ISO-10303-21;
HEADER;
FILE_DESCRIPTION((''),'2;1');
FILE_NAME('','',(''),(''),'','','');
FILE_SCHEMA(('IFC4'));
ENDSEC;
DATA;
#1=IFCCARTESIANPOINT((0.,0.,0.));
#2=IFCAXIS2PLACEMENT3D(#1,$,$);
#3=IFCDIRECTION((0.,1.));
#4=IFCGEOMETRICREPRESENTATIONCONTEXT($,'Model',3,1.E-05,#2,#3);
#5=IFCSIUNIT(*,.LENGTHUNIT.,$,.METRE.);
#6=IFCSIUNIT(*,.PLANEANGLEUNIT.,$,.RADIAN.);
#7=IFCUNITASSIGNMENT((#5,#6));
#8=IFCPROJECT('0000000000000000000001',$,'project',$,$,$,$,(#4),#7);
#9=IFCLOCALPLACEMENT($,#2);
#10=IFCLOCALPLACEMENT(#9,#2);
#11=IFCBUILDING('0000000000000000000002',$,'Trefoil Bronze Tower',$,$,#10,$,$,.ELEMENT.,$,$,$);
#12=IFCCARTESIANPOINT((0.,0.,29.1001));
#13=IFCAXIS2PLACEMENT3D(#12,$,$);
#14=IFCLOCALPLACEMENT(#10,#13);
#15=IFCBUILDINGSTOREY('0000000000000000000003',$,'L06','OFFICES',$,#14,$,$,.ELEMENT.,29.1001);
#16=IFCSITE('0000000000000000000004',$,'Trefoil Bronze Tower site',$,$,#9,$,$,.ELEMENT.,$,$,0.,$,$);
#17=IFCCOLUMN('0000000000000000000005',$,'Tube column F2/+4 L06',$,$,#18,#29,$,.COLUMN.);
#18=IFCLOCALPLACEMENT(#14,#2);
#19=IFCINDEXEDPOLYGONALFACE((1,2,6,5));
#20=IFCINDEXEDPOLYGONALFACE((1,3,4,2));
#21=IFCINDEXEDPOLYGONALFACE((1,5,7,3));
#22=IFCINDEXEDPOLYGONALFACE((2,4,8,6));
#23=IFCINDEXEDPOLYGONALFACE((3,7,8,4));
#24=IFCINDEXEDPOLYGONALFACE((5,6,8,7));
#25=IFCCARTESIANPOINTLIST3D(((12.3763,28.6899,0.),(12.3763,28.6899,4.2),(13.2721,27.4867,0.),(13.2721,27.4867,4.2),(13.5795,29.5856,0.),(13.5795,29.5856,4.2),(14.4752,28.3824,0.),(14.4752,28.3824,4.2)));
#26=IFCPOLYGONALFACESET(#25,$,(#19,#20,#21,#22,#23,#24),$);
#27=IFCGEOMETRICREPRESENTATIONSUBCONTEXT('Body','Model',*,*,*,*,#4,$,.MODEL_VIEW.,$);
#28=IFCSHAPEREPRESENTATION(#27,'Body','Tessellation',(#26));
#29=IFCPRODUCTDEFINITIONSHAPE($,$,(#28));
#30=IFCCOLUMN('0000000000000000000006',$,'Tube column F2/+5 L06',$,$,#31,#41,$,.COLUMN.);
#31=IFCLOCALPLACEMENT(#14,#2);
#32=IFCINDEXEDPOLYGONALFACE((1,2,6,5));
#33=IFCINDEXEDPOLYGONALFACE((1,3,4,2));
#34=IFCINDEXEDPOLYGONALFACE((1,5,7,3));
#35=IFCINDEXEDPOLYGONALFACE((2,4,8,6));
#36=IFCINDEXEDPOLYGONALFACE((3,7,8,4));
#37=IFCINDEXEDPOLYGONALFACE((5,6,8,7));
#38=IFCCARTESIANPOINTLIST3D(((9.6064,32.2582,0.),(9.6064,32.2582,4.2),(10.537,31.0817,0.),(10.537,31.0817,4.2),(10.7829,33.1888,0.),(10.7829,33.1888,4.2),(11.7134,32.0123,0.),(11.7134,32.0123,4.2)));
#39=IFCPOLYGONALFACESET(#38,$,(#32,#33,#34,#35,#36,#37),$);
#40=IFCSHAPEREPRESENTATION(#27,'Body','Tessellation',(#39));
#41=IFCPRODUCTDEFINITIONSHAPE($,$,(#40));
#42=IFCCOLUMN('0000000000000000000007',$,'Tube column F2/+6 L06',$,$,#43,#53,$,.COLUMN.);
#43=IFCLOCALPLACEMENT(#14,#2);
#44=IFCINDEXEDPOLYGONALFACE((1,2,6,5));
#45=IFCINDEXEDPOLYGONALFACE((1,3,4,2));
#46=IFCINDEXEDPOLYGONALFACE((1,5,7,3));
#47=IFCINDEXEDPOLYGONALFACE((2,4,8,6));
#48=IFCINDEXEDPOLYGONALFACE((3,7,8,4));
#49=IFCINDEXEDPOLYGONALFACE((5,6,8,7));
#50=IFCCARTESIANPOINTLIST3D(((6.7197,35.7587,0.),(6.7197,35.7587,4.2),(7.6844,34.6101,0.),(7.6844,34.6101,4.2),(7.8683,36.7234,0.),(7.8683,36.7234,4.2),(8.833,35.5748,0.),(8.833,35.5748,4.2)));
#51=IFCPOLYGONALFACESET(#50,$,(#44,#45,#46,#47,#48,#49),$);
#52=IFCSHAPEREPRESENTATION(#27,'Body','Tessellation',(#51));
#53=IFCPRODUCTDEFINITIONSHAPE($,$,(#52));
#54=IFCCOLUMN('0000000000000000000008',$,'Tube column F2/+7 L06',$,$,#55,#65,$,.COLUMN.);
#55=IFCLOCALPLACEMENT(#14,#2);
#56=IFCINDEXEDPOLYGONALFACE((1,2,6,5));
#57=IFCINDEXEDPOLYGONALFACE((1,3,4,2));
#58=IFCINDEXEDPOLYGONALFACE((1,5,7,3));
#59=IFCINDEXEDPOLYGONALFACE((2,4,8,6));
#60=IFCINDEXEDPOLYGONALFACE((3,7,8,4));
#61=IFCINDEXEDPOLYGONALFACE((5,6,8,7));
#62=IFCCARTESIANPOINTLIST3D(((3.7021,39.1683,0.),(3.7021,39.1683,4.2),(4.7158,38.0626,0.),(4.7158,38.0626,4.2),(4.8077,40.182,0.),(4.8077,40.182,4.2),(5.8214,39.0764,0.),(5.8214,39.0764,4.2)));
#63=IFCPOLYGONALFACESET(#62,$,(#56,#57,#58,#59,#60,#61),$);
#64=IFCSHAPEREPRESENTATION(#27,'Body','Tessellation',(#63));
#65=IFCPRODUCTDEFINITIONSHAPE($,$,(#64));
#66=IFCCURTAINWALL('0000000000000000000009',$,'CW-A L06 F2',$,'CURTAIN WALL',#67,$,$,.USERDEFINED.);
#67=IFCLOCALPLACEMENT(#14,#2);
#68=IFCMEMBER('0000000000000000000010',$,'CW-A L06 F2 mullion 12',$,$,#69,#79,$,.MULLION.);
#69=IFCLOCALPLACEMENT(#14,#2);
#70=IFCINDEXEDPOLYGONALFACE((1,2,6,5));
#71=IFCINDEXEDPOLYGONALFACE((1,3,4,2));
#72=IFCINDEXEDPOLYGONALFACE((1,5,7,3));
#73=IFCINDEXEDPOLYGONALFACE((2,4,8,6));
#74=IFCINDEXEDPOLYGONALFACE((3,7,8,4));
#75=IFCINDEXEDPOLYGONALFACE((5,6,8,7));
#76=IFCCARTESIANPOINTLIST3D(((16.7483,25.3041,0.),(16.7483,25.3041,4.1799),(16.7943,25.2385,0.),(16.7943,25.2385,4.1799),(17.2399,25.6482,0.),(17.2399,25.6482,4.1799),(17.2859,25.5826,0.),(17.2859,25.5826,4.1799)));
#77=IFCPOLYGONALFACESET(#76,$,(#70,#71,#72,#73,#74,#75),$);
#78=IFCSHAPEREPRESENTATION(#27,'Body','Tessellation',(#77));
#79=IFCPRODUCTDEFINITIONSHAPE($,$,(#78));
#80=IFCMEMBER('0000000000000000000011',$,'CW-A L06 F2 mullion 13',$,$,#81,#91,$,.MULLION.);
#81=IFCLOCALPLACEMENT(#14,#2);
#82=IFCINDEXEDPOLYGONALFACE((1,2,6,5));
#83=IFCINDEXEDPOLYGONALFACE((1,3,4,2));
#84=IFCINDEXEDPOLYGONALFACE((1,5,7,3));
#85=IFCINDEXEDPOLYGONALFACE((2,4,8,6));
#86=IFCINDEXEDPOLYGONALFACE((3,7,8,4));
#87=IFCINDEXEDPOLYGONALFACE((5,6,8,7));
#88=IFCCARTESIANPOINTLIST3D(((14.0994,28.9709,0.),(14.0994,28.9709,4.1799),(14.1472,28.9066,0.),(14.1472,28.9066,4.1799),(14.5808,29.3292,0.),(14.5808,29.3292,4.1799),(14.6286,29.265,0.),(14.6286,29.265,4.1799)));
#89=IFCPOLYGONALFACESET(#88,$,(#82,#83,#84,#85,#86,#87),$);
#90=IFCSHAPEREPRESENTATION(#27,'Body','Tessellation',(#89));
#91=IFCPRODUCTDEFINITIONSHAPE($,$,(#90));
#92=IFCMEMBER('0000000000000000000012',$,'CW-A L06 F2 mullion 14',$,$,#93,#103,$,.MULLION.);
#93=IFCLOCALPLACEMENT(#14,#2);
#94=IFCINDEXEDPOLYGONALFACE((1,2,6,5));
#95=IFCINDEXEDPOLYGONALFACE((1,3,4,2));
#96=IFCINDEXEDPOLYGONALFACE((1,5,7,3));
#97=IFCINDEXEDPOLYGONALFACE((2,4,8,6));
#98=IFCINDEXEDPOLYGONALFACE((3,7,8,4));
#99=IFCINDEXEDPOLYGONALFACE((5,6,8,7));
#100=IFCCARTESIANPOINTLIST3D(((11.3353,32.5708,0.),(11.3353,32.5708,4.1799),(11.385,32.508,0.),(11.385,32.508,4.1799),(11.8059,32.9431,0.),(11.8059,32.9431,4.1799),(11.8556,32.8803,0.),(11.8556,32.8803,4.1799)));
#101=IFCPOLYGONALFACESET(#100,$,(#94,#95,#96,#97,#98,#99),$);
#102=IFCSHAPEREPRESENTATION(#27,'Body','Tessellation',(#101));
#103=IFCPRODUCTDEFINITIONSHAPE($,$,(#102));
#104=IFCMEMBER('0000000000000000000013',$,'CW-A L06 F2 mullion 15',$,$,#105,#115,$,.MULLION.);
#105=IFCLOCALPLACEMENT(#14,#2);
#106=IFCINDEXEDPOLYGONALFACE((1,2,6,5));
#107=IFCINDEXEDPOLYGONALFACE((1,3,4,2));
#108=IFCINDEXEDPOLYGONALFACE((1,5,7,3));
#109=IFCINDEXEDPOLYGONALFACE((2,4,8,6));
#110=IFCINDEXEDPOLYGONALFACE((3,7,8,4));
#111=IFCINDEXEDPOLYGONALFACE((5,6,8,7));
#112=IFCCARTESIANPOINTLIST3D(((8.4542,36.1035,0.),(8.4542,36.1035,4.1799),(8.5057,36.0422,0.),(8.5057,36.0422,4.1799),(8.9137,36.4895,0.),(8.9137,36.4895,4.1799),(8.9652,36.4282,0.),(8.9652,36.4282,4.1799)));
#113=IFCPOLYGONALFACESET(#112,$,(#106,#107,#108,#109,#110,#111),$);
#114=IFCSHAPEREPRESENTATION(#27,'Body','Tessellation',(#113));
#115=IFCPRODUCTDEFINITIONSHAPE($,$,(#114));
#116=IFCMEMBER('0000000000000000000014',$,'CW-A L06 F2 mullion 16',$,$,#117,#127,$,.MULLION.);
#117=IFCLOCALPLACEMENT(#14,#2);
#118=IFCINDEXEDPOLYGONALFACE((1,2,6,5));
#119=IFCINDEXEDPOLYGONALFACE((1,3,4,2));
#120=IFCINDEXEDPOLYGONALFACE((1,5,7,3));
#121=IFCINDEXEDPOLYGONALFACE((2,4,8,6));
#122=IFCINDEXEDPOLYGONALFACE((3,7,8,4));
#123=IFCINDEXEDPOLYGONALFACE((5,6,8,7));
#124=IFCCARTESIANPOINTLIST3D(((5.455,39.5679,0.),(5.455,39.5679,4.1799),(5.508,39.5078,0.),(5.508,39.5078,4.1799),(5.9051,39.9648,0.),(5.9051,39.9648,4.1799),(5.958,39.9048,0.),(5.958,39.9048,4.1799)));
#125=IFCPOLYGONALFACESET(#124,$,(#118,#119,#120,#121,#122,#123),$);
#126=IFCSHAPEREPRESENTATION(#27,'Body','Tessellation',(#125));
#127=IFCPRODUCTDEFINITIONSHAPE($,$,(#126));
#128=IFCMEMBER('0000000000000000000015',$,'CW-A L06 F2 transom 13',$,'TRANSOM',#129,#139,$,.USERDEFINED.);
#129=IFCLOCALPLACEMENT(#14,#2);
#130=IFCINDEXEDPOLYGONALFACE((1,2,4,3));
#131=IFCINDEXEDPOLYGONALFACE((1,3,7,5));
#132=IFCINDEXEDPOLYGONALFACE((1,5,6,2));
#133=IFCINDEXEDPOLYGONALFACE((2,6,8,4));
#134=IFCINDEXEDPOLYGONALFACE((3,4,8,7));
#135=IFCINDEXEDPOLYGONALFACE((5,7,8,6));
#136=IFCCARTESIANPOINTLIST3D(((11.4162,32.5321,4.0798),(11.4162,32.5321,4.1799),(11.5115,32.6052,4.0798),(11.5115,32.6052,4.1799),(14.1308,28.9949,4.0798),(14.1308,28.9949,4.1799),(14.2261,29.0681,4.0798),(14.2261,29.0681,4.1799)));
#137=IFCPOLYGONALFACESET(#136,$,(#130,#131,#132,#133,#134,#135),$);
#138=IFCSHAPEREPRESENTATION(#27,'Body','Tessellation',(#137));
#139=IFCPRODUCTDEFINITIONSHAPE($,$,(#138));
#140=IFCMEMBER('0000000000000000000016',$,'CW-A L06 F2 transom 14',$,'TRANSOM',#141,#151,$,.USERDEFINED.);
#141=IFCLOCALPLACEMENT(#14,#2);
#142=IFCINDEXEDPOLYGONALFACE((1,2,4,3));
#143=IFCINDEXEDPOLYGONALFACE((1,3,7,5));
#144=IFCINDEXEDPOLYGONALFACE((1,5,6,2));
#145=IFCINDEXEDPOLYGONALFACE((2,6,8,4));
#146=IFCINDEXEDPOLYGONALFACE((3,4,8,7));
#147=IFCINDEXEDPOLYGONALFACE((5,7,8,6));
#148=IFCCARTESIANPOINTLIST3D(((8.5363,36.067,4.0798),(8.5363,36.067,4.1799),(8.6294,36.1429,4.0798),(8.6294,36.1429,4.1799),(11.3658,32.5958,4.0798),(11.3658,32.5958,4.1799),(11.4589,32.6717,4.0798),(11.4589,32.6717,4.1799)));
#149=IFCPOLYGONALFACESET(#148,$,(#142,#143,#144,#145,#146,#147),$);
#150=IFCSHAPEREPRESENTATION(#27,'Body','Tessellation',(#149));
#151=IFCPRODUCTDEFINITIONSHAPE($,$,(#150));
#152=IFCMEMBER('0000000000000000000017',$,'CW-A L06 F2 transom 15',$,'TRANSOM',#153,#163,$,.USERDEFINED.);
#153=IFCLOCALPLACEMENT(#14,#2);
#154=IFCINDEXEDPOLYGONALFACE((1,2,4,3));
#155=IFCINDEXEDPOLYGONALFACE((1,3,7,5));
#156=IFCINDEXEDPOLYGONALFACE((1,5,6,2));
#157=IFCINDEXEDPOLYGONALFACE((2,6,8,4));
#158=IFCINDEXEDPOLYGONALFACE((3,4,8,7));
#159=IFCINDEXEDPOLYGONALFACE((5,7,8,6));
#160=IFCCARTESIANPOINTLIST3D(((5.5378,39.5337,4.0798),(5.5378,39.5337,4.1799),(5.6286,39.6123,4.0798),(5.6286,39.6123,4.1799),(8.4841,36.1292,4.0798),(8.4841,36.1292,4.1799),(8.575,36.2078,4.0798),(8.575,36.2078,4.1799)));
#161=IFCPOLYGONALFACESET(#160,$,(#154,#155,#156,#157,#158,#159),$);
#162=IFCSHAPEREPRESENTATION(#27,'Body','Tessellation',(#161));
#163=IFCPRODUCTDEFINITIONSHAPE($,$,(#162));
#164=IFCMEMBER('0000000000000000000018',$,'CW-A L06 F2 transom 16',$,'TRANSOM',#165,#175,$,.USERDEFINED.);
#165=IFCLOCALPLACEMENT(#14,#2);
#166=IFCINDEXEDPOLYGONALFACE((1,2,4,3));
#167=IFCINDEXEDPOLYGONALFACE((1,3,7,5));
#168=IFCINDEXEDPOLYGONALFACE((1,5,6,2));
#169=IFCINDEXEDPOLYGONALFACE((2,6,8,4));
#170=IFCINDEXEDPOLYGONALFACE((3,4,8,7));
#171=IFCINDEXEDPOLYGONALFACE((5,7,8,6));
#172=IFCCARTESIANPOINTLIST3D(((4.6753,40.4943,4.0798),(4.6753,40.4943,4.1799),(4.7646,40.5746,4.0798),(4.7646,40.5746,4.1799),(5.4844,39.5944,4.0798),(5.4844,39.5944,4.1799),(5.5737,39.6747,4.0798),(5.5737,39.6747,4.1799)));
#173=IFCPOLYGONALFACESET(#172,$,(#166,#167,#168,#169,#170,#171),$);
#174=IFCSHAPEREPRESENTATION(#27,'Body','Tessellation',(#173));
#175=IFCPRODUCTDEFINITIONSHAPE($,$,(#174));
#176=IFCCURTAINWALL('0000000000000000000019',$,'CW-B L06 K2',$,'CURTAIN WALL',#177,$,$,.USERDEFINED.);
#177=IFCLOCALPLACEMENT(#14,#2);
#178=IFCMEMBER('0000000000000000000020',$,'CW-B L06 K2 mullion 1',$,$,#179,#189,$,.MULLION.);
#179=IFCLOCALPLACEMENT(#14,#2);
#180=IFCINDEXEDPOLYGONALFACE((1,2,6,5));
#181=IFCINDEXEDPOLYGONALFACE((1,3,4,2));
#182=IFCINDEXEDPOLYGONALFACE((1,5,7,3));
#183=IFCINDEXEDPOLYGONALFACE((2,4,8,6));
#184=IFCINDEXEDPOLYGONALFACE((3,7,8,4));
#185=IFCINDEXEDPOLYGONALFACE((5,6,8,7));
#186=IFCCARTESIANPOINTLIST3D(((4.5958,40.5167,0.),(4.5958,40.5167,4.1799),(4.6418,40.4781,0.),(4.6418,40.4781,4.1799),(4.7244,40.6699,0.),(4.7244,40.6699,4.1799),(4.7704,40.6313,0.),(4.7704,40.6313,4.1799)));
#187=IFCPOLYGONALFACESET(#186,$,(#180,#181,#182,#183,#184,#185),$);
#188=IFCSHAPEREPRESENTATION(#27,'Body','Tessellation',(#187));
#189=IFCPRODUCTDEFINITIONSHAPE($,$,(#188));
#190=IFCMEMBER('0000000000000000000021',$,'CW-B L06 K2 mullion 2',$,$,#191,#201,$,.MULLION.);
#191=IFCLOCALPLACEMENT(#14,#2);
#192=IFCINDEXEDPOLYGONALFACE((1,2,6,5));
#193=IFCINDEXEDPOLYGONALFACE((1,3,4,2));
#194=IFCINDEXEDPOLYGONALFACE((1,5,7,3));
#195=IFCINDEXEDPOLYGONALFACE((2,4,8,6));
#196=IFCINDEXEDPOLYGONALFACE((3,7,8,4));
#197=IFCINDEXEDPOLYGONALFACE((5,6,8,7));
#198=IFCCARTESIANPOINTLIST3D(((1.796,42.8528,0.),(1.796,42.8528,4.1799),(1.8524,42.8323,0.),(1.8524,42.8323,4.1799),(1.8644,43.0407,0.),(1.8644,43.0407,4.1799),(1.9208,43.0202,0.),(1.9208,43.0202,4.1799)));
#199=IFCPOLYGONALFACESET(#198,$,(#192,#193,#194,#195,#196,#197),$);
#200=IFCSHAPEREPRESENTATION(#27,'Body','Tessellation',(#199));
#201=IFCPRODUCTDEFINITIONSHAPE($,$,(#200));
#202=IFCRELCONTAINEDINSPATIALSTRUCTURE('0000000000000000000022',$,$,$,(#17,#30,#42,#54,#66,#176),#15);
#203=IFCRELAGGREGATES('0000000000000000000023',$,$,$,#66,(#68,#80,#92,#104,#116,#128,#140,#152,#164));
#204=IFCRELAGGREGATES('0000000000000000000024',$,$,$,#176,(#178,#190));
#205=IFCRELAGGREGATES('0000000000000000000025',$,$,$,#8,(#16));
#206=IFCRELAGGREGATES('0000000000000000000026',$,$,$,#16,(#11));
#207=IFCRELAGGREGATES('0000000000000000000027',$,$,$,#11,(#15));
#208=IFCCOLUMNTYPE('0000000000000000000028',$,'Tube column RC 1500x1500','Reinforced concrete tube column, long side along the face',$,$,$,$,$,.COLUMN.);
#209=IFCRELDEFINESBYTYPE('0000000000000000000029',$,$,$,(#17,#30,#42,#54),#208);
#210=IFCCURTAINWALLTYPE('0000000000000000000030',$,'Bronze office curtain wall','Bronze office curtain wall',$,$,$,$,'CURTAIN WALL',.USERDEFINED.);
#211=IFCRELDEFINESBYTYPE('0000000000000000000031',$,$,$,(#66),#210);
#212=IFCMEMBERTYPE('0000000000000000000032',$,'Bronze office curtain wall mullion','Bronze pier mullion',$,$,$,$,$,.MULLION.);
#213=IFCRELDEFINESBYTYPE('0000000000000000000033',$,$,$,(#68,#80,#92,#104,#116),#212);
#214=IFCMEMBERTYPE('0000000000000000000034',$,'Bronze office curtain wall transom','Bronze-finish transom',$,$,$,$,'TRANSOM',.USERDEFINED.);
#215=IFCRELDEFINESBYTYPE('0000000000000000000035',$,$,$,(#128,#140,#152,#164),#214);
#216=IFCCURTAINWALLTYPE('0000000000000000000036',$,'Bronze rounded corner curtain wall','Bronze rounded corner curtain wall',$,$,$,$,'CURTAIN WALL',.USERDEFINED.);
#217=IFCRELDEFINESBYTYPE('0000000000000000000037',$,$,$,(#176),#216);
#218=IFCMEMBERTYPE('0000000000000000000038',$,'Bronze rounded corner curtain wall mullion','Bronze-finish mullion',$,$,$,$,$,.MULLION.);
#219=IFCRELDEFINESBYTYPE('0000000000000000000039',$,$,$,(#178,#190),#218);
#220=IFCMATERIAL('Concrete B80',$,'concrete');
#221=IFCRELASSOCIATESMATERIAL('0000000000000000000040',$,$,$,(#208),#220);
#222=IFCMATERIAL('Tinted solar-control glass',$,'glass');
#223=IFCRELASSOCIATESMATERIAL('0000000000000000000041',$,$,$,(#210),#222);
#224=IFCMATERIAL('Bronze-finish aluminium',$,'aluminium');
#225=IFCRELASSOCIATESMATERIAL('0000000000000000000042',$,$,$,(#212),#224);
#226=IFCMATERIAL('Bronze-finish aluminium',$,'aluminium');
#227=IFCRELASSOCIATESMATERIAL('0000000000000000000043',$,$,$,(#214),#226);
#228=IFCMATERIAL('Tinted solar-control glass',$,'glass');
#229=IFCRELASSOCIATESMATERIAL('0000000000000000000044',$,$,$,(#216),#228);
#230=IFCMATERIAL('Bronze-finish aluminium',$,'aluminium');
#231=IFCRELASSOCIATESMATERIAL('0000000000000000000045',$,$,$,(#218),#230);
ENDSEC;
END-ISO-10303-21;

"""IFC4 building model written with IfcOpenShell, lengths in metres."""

from ifc_helpers import new_model, si_unit, direction, frame, origin, origin_2d, place, context, subcontext, project, spatial, rectangle, extrude, material, material_profile, profile_set, type_object, element, aggregate, save


model = new_model("IFC4")

# Units and contexts
model_context = context("Model", 3, precision=1e-05, world=origin(), true_north=direction((0.0, 1.0)))
body_context = subcontext(model_context, "Body", "Model", "MODEL_VIEW")
ifc_project = project(units=[si_unit("LENGTHUNIT", "METRE"), si_unit("PLANEANGLEUNIT", "RADIAN")], contexts=[model_context])

# Site, building, storey
site_placement = place(None, origin())
site = spatial("IfcSite", under=ifc_project, at=site_placement, Name="Trefoil Bronze Tower site", CompositionType="ELEMENT", RefElevation=0.0)
building_placement = place(site_placement, origin())
building = spatial("IfcBuilding", under=site, at=building_placement, Name="Trefoil Bronze Tower", CompositionType="ELEMENT")
storey_placement = place(building_placement, frame((0.0, 0.0, 29.1001)))
storey = spatial("IfcBuildingStorey", under=building, at=storey_placement, Name="L06", Description="OFFICES", CompositionType="ELEMENT", Elevation=29.1001)

# Columns
ifc_material_1 = material(Name="Concrete B80", Category="concrete")
ifc_material_profile_1 = material_profile(ifc_material_1, rectangle(XDim=1.5, YDim=1.5, at=origin_2d()), Name="RC 1500x1500")
ifc_profile_set_1 = profile_set([ifc_material_profile_1], Name="Concrete B80")
column_type = type_object("IfcColumnType", Name="Tube column RC 1500x1500", Description="Reinforced concrete tube column, long side along the face", PredefinedType="COLUMN", material=ifc_profile_set_1)
for number, where, z_axis, x_axis, name in (
    (1, (13.4258, 28.5361, 0.0), (0.0, 0.0, 1.0), (-0.597154, 0.802127, 0.0), "Tube column F2/+4 L06"),
    (2, (10.6599, 32.1353, 0.0), (0.0, 0.0, 1.0), (-0.620376, 0.784305, 0.0), "Tube column F2/+5 L06"),
    (3, (7.7764, 35.6667, 0.0), (0.0, 0.0, 1.0), (-0.643163, 0.765729, 0.0), "Tube column F2/+6 L06"),
    (4, (4.7617, 39.1223, 0.0), (0.0, 0.0, 1.0), (-0.675816, 0.73707, 0.0), "Tube column F2/+7 L06"),
):
    element("IfcColumn", number, at=place(storey_placement, frame(where, z_axis=z_axis, x_axis=x_axis)), inside=storey, type_object=column_type, Name=name, PredefinedType="COLUMN", context=body_context, shape_type="SweptSolid", body=[
        extrude(rectangle(XDim=1.5, YDim=1.5, at=origin_2d()), origin(), (0.0, 0.0, 1.0), 4.2),
    ])

# Curtain walls, members
ifc_material_2 = material(Name="Tinted solar-control glass", Category="glass")
curtain_wall_type_1 = type_object("IfcCurtainWallType", Name="Bronze office curtain wall", Description="Bronze office curtain wall", ElementType="CURTAIN WALL", PredefinedType="USERDEFINED", material=ifc_material_2)
curtain_wall_1_placement = place(storey_placement, origin())
curtain_wall_1 = element("IfcCurtainWall", 5, at=curtain_wall_1_placement, inside=storey, type_object=curtain_wall_type_1, Name="CW-A L06 F2", ObjectType="CURTAIN WALL", PredefinedType="USERDEFINED")
ifc_material_3 = material(Name="Bronze-finish aluminium", Category="aluminium")
ifc_material_profile_2 = material_profile(ifc_material_3, rectangle(XDim=0.6001, YDim=0.0801, at=origin_2d()), Name="CW-A mullion")
ifc_profile_set_2 = profile_set([ifc_material_profile_2], Name="Bronze-finish aluminium")
member_type_1 = type_object("IfcMemberType", Name="Bronze office curtain wall mullion", Description="Bronze pier mullion", PredefinedType="MULLION", material=ifc_profile_set_2)
member_1_placement = place(storey_placement, frame((17.0171, 25.4434, 0.0), z_axis=(0.0, 0.0, 1.0), x_axis=(-0.819204, -0.573502, 0.0)))
member_1 = element("IfcMember", 6, at=member_1_placement, type_object=member_type_1, Name="CW-A L06 F2 mullion 12", PredefinedType="MULLION", context=body_context, shape_type="SweptSolid", body=[
    extrude(rectangle(XDim=0.6001, YDim=0.0801, at=origin_2d()), origin(), (0.0, 0.0, 1.0), 4.1799),
])
member_2_placement = place(storey_placement, frame((14.364, 29.1179, 0.0), z_axis=(0.0, 0.0, 1.0), x_axis=(-0.802127, -0.597154, 0.0)))
member_2 = element("IfcMember", 7, at=member_2_placement, type_object=member_type_1, Name="CW-A L06 F2 mullion 13", PredefinedType="MULLION", context=body_context, shape_type="SweptSolid", body=[
    extrude(rectangle(XDim=0.6001, YDim=0.0801, at=origin_2d()), origin(), (0.0, 0.0, 1.0), 4.1799),
])
member_3_placement = place(storey_placement, frame((11.5955, 32.7256, 0.0), z_axis=(0.0, 0.0, 1.0), x_axis=(-0.784305, -0.620376, 0.0)))
member_3 = element("IfcMember", 8, at=member_3_placement, type_object=member_type_1, Name="CW-A L06 F2 mullion 14", PredefinedType="MULLION", context=body_context, shape_type="SweptSolid", body=[
    extrude(rectangle(XDim=0.6001, YDim=0.0801, at=origin_2d()), origin(), (0.0, 0.0, 1.0), 4.1799),
])
member_4_placement = place(storey_placement, frame((8.7097, 36.2659, 0.0), z_axis=(0.0, 0.0, 1.0), x_axis=(-0.765729, -0.643163, 0.0)))
member_4 = element("IfcMember", 9, at=member_4_placement, type_object=member_type_1, Name="CW-A L06 F2 mullion 15", PredefinedType="MULLION", context=body_context, shape_type="SweptSolid", body=[
    extrude(rectangle(XDim=0.6001, YDim=0.0801, at=origin_2d()), origin(), (0.0, 0.0, 1.0), 4.1799),
])
member_5_placement = place(storey_placement, frame((5.7065, 39.7363, 0.0), z_axis=(0.0, 0.0, 1.0), x_axis=(-0.749941, -0.661505, 0.0)))
member_5 = element("IfcMember", 10, at=member_5_placement, type_object=member_type_1, Name="CW-A L06 F2 mullion 16", PredefinedType="MULLION", context=body_context, shape_type="SweptSolid", body=[
    extrude(rectangle(XDim=0.6001, YDim=0.0801, at=origin_2d()), origin(), (0.0, 0.0, 1.0), 4.1799),
])
ifc_material_4 = material(Name="Bronze-finish aluminium", Category="aluminium")
ifc_material_profile_3 = material_profile(ifc_material_4, rectangle(XDim=0.1201, YDim=0.1001, at=origin_2d()), Name="CW-A transom")
ifc_profile_set_3 = profile_set([ifc_material_profile_3], Name="Bronze-finish aluminium")
member_type_2 = type_object("IfcMemberType", Name="Bronze office curtain wall transom", Description="Bronze-finish transom", ElementType="TRANSOM", PredefinedType="USERDEFINED", material=ifc_profile_set_3)
member_6_placement = place(storey_placement, frame((14.1785, 29.0315, 4.1299), z_axis=(-0.608829, 0.793301, 0.0), x_axis=(-0.793301, -0.608829, 0.0)))
member_6 = element("IfcMember", 11, at=member_6_placement, type_object=member_type_2, Name="CW-A L06 F2 transom 13", ObjectType="TRANSOM", PredefinedType="USERDEFINED", context=body_context, shape_type="SweptSolid", body=[
    extrude(rectangle(XDim=0.1201, YDim=0.1001, at=origin_2d()), origin(), (0.0, 0.0, 1.0), 4.4587),
])
member_7_placement = place(storey_placement, frame((11.4124, 32.6338, 4.1299), z_axis=(-0.631836, 0.775102, 0.0), x_axis=(-0.775102, -0.631836, 0.0)))
member_7 = element("IfcMember", 12, at=member_7_placement, type_object=member_type_2, Name="CW-A L06 F2 transom 14", ObjectType="TRANSOM", PredefinedType="USERDEFINED", context=body_context, shape_type="SweptSolid", body=[
    extrude(rectangle(XDim=0.1201, YDim=0.1001, at=origin_2d()), origin(), (0.0, 0.0, 1.0), 4.4783),
])
member_8_placement = place(storey_placement, frame((8.5295, 36.1685, 4.1299), z_axis=(-0.654383, 0.756163, 0.0), x_axis=(-0.756163, -0.654383, 0.0)))
member_8 = element("IfcMember", 13, at=member_8_placement, type_object=member_type_2, Name="CW-A L06 F2 transom 15", ObjectType="TRANSOM", PredefinedType="USERDEFINED", context=body_context, shape_type="SweptSolid", body=[
    extrude(rectangle(XDim=0.1201, YDim=0.1001, at=origin_2d()), origin(), (0.0, 0.0, 1.0), 4.5024),
])
member_9_placement = place(storey_placement, frame((5.5291, 39.6345, 4.1299), z_axis=(-0.668586, 0.743635, 0.0), x_axis=(-0.743635, -0.668586, 0.0)))
member_9 = element("IfcMember", 14, at=member_9_placement, type_object=member_type_2, Name="CW-A L06 F2 transom 16", ObjectType="TRANSOM", PredefinedType="USERDEFINED", context=body_context, shape_type="SweptSolid", body=[
    extrude(rectangle(XDim=0.1201, YDim=0.1001, at=origin_2d()), origin(), (0.0, 0.0, 1.0), 1.2102),
])
ifc_material_5 = material(Name="Tinted solar-control glass", Category="glass")
curtain_wall_type_2 = type_object("IfcCurtainWallType", Name="Bronze rounded corner curtain wall", Description="Bronze rounded corner curtain wall", ElementType="CURTAIN WALL", PredefinedType="USERDEFINED", material=ifc_material_5)
curtain_wall_2_placement = place(storey_placement, origin())
curtain_wall_2 = element("IfcCurtainWall", 15, at=curtain_wall_2_placement, inside=storey, type_object=curtain_wall_type_2, Name="CW-B L06 K2", ObjectType="CURTAIN WALL", PredefinedType="USERDEFINED")
ifc_material_6 = material(Name="Bronze-finish aluminium", Category="aluminium")
ifc_material_profile_4 = material_profile(ifc_material_6, rectangle(XDim=0.2, YDim=0.0601, at=origin_2d()), Name="CW-B mullion")
ifc_profile_set_4 = profile_set([ifc_material_profile_4], Name="Bronze-finish aluminium")
member_type_3 = type_object("IfcMemberType", Name="Bronze rounded corner curtain wall mullion", Description="Bronze-finish mullion", PredefinedType="MULLION", material=ifc_profile_set_4)
member_10_placement = place(storey_placement, frame((4.6831, 40.574, 0.0), z_axis=(0.0, 0.0, 1.0), x_axis=(-0.642788, -0.766044, 0.0)))
member_10 = element("IfcMember", 16, at=member_10_placement, type_object=member_type_3, Name="CW-B L06 K2 mullion 1", PredefinedType="MULLION", context=body_context, shape_type="SweptSolid", body=[
    extrude(rectangle(XDim=0.2, YDim=0.0601, at=origin_2d()), origin(), (0.0, 0.0, 1.0), 4.1799),
])
member_11_placement = place(storey_placement, frame((1.8584, 42.9365, 0.0), z_axis=(0.0, 0.0, 1.0), x_axis=(-0.34202, -0.939693, 0.0)))
member_11 = element("IfcMember", 17, at=member_11_placement, type_object=member_type_3, Name="CW-B L06 K2 mullion 2", PredefinedType="MULLION", context=body_context, shape_type="SweptSolid", body=[
    extrude(rectangle(XDim=0.2, YDim=0.0601, at=origin_2d()), origin(), (0.0, 0.0, 1.0), 4.1799),
])

aggregate(curtain_wall_1, [member_1, member_2, member_3, member_4, member_5, member_6, member_7, member_8, member_9])
aggregate(curtain_wall_2, [member_10, member_11])

save(model, "model.ifc")
